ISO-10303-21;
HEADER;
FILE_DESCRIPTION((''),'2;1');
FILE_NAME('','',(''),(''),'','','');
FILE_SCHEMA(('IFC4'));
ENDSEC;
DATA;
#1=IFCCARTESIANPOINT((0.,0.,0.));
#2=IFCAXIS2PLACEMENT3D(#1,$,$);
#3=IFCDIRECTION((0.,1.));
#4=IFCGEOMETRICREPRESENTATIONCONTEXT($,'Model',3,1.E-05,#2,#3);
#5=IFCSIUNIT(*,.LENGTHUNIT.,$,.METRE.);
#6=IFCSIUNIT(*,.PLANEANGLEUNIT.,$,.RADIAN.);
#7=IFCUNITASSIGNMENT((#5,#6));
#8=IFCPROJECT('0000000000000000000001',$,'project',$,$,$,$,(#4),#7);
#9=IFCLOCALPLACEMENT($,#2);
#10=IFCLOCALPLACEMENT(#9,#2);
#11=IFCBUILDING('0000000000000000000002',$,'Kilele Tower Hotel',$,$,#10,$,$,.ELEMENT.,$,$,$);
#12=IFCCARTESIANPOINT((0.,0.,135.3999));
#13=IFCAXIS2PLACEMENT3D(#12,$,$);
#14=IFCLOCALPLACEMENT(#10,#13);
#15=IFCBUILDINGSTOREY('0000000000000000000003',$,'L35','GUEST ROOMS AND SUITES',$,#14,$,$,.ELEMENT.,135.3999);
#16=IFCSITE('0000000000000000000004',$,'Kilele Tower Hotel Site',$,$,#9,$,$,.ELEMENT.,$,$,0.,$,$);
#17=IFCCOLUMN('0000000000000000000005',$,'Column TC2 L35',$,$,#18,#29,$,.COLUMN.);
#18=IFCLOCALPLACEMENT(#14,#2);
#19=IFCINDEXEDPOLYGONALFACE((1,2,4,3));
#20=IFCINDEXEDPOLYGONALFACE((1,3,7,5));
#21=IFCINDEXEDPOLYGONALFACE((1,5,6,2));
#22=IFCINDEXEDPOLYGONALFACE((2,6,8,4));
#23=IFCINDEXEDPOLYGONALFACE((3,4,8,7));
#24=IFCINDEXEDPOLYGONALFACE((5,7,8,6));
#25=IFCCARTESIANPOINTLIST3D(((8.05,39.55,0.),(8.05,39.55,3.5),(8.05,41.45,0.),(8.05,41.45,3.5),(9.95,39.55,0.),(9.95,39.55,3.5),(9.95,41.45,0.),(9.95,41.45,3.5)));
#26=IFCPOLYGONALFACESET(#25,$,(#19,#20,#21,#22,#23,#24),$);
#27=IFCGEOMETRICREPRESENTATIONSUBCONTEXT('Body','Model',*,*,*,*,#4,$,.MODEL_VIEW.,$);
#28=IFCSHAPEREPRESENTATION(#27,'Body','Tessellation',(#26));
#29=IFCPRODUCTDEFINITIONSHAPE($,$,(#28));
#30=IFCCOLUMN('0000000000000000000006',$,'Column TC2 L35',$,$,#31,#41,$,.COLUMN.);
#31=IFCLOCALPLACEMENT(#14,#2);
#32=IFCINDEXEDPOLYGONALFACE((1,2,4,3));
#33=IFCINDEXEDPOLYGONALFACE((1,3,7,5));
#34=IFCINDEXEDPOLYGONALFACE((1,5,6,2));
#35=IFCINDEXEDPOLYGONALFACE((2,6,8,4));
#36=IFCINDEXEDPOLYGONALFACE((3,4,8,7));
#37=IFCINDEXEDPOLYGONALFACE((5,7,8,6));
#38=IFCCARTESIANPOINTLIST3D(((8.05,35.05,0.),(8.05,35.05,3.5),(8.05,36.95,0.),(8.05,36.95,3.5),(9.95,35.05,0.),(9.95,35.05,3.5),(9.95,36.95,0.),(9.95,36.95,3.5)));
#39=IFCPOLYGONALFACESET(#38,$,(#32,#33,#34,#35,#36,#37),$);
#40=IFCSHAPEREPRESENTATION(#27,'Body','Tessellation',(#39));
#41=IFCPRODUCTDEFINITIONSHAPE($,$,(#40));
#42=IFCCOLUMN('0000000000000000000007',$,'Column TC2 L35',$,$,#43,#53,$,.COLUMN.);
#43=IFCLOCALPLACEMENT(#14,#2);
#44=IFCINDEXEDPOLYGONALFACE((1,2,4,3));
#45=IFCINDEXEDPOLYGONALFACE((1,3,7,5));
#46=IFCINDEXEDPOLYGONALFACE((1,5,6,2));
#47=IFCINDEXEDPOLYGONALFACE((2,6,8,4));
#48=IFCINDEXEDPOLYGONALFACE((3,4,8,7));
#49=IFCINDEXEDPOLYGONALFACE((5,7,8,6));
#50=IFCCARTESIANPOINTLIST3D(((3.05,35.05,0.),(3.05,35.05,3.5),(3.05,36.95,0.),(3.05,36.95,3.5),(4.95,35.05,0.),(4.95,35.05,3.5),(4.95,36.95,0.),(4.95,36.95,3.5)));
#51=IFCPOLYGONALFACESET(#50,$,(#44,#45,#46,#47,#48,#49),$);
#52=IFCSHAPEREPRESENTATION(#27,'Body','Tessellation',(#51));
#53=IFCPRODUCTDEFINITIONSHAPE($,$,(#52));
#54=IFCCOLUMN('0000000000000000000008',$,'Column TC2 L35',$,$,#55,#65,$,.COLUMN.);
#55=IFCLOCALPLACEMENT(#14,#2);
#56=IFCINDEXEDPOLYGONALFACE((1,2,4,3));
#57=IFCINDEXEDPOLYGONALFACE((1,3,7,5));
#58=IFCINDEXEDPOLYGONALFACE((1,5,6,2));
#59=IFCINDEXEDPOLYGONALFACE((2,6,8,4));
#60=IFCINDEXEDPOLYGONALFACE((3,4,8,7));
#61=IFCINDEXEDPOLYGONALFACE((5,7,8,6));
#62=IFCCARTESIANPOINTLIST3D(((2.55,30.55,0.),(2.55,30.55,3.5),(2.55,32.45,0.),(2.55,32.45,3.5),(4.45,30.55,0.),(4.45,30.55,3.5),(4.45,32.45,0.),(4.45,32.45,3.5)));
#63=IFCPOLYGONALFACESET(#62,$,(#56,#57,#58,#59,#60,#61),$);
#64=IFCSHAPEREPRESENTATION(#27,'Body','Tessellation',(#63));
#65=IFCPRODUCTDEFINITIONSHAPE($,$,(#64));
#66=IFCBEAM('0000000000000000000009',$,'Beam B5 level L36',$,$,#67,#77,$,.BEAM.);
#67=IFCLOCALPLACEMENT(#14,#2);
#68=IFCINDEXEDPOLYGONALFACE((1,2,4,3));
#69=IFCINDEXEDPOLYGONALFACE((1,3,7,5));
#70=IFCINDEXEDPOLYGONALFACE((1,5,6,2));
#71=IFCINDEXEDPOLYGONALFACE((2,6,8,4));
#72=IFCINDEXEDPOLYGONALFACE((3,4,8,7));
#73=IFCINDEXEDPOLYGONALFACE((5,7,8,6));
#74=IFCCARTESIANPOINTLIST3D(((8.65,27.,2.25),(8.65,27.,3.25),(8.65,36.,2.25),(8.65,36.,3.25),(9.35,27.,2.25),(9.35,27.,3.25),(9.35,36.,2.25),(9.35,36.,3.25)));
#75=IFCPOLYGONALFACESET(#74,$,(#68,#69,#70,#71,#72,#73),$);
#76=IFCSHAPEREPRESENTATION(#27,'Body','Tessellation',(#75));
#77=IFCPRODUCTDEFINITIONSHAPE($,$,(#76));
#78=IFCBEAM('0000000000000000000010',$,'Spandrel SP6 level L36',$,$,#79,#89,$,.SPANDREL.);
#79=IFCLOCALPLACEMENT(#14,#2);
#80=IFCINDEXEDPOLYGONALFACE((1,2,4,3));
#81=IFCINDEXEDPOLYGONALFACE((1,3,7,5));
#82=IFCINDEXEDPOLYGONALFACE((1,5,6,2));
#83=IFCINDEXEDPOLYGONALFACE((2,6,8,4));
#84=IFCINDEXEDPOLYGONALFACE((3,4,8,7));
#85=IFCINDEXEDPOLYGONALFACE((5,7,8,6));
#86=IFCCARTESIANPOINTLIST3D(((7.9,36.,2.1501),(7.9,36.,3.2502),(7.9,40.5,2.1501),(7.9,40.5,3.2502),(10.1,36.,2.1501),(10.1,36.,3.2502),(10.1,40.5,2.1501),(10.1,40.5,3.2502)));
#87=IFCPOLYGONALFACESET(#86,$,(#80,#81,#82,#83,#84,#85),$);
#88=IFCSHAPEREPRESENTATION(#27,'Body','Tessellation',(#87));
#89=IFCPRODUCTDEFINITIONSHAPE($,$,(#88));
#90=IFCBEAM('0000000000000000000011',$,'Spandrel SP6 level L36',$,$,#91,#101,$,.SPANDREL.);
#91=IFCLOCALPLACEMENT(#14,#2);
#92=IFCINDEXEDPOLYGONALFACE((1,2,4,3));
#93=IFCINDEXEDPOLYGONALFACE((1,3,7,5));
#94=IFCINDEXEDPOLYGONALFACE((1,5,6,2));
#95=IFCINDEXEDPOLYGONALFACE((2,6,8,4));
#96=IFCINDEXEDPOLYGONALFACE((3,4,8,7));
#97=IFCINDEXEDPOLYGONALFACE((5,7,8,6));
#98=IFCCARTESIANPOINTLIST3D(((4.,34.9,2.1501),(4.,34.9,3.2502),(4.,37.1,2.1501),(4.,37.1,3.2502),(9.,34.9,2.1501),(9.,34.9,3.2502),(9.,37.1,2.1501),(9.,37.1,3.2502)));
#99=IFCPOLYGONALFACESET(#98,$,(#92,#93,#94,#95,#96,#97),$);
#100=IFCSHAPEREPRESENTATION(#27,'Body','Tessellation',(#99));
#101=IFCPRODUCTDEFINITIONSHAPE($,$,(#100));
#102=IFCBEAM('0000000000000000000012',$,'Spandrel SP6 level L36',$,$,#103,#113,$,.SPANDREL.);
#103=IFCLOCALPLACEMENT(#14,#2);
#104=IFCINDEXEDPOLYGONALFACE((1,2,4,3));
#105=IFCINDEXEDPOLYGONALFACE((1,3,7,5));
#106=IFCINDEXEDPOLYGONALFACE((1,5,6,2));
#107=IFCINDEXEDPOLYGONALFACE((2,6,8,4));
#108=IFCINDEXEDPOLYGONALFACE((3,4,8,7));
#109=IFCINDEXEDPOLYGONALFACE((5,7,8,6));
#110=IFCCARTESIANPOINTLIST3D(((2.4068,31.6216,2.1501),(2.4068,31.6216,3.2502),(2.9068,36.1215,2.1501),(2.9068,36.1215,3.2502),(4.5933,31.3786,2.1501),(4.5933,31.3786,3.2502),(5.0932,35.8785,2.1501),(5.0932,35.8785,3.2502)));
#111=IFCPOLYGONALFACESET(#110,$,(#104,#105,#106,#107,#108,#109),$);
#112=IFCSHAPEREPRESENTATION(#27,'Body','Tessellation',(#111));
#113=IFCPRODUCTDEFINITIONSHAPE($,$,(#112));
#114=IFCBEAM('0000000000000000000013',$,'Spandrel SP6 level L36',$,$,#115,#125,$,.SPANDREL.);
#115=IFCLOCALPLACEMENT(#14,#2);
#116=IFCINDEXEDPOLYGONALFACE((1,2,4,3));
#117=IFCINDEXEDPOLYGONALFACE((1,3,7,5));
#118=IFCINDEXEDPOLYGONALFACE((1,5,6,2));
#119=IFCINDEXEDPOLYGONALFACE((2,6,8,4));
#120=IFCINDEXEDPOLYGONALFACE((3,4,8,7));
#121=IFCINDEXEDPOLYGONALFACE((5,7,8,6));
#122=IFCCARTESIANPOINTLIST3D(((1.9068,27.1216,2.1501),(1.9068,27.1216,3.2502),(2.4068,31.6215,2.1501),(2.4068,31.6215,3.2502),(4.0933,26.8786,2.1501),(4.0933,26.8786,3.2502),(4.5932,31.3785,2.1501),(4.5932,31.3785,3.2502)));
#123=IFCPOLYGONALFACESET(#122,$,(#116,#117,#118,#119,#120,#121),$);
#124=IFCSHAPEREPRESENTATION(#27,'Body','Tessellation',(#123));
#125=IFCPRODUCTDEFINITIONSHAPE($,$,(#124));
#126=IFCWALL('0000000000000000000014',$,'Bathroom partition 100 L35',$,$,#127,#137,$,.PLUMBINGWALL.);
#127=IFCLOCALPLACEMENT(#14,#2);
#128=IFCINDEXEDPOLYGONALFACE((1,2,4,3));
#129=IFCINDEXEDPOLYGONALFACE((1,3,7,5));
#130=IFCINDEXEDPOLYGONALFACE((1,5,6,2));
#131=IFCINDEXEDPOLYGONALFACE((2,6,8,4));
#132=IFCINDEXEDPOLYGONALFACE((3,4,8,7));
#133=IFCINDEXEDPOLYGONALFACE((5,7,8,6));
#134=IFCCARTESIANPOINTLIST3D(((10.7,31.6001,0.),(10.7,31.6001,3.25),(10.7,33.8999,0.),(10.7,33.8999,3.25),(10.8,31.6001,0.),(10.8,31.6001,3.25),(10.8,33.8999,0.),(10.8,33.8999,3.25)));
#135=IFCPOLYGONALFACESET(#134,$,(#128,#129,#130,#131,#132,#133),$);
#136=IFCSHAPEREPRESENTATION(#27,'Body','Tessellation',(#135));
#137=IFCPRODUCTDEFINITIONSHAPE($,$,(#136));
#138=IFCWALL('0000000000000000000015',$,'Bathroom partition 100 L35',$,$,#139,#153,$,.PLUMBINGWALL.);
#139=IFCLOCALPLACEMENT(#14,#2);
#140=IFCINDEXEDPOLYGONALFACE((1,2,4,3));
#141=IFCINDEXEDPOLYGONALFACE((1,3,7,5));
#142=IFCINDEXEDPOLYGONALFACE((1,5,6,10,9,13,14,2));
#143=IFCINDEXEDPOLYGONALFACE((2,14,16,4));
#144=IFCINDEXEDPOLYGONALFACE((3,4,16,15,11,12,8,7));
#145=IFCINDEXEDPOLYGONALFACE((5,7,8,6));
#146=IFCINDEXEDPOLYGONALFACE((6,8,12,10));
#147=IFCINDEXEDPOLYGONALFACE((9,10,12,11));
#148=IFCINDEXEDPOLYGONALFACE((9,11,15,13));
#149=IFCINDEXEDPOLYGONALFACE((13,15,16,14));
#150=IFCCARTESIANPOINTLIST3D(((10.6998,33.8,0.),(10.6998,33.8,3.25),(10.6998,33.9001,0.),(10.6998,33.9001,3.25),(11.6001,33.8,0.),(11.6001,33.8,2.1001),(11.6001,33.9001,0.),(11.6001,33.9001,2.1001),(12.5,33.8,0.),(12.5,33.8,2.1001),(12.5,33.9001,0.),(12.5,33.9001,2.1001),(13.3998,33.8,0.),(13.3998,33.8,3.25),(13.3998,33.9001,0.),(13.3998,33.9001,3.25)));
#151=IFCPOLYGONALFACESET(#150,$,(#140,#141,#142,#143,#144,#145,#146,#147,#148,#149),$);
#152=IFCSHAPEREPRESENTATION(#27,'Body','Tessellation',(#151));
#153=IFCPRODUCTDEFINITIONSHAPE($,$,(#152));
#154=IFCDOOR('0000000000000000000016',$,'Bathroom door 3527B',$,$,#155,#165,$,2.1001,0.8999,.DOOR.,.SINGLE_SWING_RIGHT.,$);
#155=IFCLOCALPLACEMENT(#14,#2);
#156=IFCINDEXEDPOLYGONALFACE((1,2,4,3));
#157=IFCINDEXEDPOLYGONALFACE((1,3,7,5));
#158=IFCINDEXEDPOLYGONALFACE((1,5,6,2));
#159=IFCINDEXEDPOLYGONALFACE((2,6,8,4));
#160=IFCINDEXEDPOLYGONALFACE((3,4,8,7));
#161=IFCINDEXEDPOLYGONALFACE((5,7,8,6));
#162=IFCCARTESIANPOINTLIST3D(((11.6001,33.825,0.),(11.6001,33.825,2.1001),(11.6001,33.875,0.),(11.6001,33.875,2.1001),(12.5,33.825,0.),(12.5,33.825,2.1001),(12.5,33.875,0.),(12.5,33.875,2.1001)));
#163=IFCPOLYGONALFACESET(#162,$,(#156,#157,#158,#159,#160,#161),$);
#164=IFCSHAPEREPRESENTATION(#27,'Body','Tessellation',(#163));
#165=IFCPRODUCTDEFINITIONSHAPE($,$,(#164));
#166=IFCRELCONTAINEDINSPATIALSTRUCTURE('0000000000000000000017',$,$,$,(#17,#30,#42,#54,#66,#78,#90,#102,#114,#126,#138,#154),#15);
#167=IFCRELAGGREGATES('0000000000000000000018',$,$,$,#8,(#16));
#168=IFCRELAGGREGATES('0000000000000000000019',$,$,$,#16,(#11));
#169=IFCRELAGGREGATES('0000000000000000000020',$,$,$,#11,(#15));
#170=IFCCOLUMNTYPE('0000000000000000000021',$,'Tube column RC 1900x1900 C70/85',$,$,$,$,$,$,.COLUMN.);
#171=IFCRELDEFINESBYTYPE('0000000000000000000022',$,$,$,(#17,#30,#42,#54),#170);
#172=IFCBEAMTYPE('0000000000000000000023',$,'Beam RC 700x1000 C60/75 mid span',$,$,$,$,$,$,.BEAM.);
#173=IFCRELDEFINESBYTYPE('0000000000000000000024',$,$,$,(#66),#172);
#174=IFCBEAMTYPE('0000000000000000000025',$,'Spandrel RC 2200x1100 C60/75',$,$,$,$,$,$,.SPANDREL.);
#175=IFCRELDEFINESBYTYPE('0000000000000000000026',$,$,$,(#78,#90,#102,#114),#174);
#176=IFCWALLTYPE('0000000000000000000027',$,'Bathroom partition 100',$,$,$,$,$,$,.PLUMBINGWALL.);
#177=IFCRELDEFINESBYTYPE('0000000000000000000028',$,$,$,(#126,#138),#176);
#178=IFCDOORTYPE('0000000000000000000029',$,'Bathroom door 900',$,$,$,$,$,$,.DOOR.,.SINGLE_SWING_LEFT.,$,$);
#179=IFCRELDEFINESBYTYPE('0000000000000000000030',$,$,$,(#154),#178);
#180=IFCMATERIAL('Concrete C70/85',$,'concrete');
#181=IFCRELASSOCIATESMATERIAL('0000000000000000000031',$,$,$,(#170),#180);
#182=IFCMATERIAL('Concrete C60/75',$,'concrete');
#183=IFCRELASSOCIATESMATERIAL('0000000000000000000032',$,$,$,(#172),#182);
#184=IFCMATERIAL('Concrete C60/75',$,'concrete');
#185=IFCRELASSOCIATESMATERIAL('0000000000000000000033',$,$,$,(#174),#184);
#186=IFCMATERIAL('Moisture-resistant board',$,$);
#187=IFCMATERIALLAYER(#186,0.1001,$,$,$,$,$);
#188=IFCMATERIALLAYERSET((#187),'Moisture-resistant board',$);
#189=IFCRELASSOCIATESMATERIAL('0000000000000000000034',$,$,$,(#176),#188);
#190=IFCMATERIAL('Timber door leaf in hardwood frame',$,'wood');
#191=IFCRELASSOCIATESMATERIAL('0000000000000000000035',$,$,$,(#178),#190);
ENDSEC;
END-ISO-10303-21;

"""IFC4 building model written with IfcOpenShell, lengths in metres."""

from ifc_helpers import new_model, si_unit, direction, frame, frame_2d, origin, origin_2d, place, context, subcontext, project, spatial, rectangle, extrude, material, layer, layer_set, material_profile, profile_set, type_object, element, fill, save


model = new_model("IFC4")

# Units and contexts
model_context = context("Model", 3, precision=1e-05, world=origin(), true_north=direction((0.0, 1.0)))
body_context = subcontext(model_context, "Body", "Model", "MODEL_VIEW")
ifc_project = project(units=[si_unit("LENGTHUNIT", "METRE"), si_unit("PLANEANGLEUNIT", "RADIAN")], contexts=[model_context])

# Site, building, storey
site_placement = place(None, origin())
site = spatial("IfcSite", under=ifc_project, at=site_placement, Name="Kilele Tower Hotel Site", CompositionType="ELEMENT", RefElevation=0.0)
building_placement = place(site_placement, origin())
building = spatial("IfcBuilding", under=site, at=building_placement, Name="Kilele Tower Hotel", CompositionType="ELEMENT")
storey_placement = place(building_placement, frame((0.0, 0.0, 135.3999)))
storey = spatial("IfcBuildingStorey", under=building, at=storey_placement, Name="L35", Description="GUEST ROOMS AND SUITES", CompositionType="ELEMENT", Elevation=135.3999)

# Columns
ifc_material_1 = material(Name="Concrete C70/85", Category="concrete")
ifc_material_profile_1 = material_profile(ifc_material_1, rectangle(XDim=1.8999, YDim=1.8999, at=origin_2d()))
ifc_profile_set_1 = profile_set([ifc_material_profile_1], Name="Concrete C70/85")
column_type = type_object("IfcColumnType", Name="Tube column RC 1900x1900 C70/85", PredefinedType="COLUMN", material=ifc_profile_set_1)
for number, where, z_axis, x_axis, name in (
    (1, (9.0, 40.5, 0.0), (0.0, 0.0, 1.0), (1.0, 0.0, 0.0), "Column TC2 L35"),
    (2, (9.0, 36.0, 0.0), (0.0, 0.0, 1.0), (1.0, 0.0, 0.0), "Column TC2 L35"),
    (3, (4.0, 36.0, 0.0), (0.0, 0.0, 1.0), (1.0, 0.0, 0.0), "Column TC2 L35"),
    (4, (3.5, 31.5, 0.0), (0.0, 0.0, 1.0), (1.0, 0.0, 0.0), "Column TC2 L35"),
):
    element("IfcColumn", number, at=place(storey_placement, frame(where, z_axis=z_axis, x_axis=x_axis)), inside=storey, type_object=column_type, Name=name, PredefinedType="COLUMN", context=body_context, shape_type="SweptSolid", body=[
        extrude(rectangle(XDim=1.8999, YDim=1.8999, at=origin_2d()), origin(), (0.0, 0.0, 1.0), 3.5),
    ])

# Beams
ifc_material_2 = material(Name="Concrete C60/75", Category="concrete")
ifc_material_profile_2 = material_profile(ifc_material_2, rectangle(XDim=0.7, YDim=1.0, at=origin_2d()))
ifc_profile_set_2 = profile_set([ifc_material_profile_2], Name="Concrete C60/75")
beam_type_1 = type_object("IfcBeamType", Name="Beam RC 700x1000 C60/75 mid span", PredefinedType="BEAM", material=ifc_profile_set_2)
beam_1_placement = place(storey_placement, frame((9.0, 36.0, 2.75), z_axis=(0.0, -1.0, 0.0), x_axis=(1.0, 0.0, 0.0)))
element("IfcBeam", 5, at=beam_1_placement, inside=storey, type_object=beam_type_1, Name="Beam B5 level L36", PredefinedType="BEAM", context=body_context, shape_type="SweptSolid", body=[
    extrude(rectangle(XDim=0.7, YDim=1.0, at=origin_2d()), origin(), (0.0, 0.0, 1.0), 9.0),
])
ifc_material_3 = material(Name="Concrete C60/75", Category="concrete")
ifc_material_profile_3 = material_profile(ifc_material_3, rectangle(XDim=2.2, YDim=1.1001, at=origin_2d()))
ifc_profile_set_3 = profile_set([ifc_material_profile_3], Name="Concrete C60/75")
beam_type_2 = type_object("IfcBeamType", Name="Spandrel RC 2200x1100 C60/75", PredefinedType="SPANDREL", material=ifc_profile_set_3)
beam_2_placement = place(storey_placement, frame((9.0, 40.5, 2.7002), z_axis=(0.0, -1.0, 0.0), x_axis=(1.0, 0.0, 0.0)))
element("IfcBeam", 6, at=beam_2_placement, inside=storey, type_object=beam_type_2, Name="Spandrel SP6 level L36", PredefinedType="SPANDREL", context=body_context, shape_type="SweptSolid", body=[
    extrude(rectangle(XDim=2.2, YDim=1.1001, at=origin_2d()), origin(), (0.0, 0.0, 1.0), 4.5),
])
beam_3_placement = place(storey_placement, frame((9.0, 36.0, 2.7002), z_axis=(-1.0, 0.0, 0.0), x_axis=(0.0, -1.0, 0.0)))
element("IfcBeam", 7, at=beam_3_placement, inside=storey, type_object=beam_type_2, Name="Spandrel SP6 level L36", PredefinedType="SPANDREL", context=body_context, shape_type="SweptSolid", body=[
    extrude(rectangle(XDim=2.2, YDim=1.1001, at=origin_2d()), origin(), (0.0, 0.0, 1.0), 5.0),
])
for number, where, z_axis, x_axis, name in (
    (8, (4.0, 36.0, 2.7002), (-0.110432, -0.993884, 0.0), (0.993884, -0.110432, 0.0), "Spandrel SP6 level L36"),
    (9, (3.5, 31.5, 2.7002), (-0.110432, -0.993884, 0.0), (0.993884, -0.110432, 0.0), "Spandrel SP6 level L36"),
):
    element("IfcBeam", number, at=place(storey_placement, frame(where, z_axis=z_axis, x_axis=x_axis)), inside=storey, type_object=beam_type_2, Name=name, PredefinedType="SPANDREL", context=body_context, shape_type="SweptSolid", body=[
        extrude(rectangle(XDim=2.2, YDim=1.1001, at=origin_2d()), origin(), (0.0, 0.0, 1.0), 4.5276),
    ])

# Wall
ifc_material_4 = material(Name="Moisture-resistant board")
ifc_layer_1 = layer(ifc_material_4, 0.1001)
ifc_layer_set_1 = layer_set([ifc_layer_1], Name="Moisture-resistant board")
wall_type_1 = type_object("IfcWallType", Name="Bathroom partition 100", PredefinedType="PLUMBINGWALL", material=ifc_layer_set_1)
wall_1_placement = place(storey_placement, frame((10.75, 31.6001, 0.0), z_axis=(0.0, 0.0, 1.0), x_axis=(0.0, 1.0, 0.0)))
element("IfcWall", 10, at=wall_1_placement, inside=storey, type_object=wall_type_1, Name="Bathroom partition 100 L35", PredefinedType="PLUMBINGWALL", context=body_context, shape_type="SweptSolid", body=[
    extrude(rectangle(XDim=2.2998, YDim=0.1001, at=frame_2d((1.1499, 0.0))), origin(), (0.0, 0.0, 1.0), 3.25),
])

# Wall, opening, door
wall_2_placement = place(storey_placement, frame((13.3999, 33.8501, 0.0), z_axis=(0.0, 0.0, 1.0), x_axis=(-1.0, 0.0, 0.0)))
wall_2 = element("IfcWall", 11, at=wall_2_placement, inside=storey, type_object=wall_type_1, Name="Bathroom partition 100 L35", PredefinedType="PLUMBINGWALL", context=body_context, shape_type="SweptSolid", body=[
    extrude(rectangle(XDim=2.7, YDim=0.1001, at=frame_2d((1.3501, 0.0))), origin(), (0.0, 0.0, 1.0), 3.25),
])
opening_1_placement = place(wall_2_placement, frame((1.7998, 0.0, 0.0), z_axis=(0.0, 0.0, 1.0), x_axis=(-1.0, 0.0, 0.0)))
opening_1 = element("IfcOpeningElement", 12, at=opening_1_placement, cuts=wall_2, PredefinedType="OPENING", context=body_context, shape_type="SweptSolid", body=[
    extrude(rectangle(XDim=0.8999, YDim=2.1001, at=frame_2d((0.45, 1.05))), frame((0.0, 0.0601, 0.0), z_axis=(0.0, -1.0, 0.0), x_axis=(1.0, 0.0, 0.0)), (0.0, 0.0, 1.0), 0.1201),
])
ifc_material_5 = material(Name="Timber door leaf in hardwood frame", Category="wood")
door_type_1 = type_object("IfcDoorType", Name="Bathroom door 900", OperationType="SINGLE_SWING_LEFT", PredefinedType="DOOR", material=ifc_material_5)
door_1_placement = place(opening_1_placement, origin())
door_1 = element("IfcDoor", 13, at=door_1_placement, inside=storey, type_object=door_type_1, Name="Bathroom door 3527B", OperationType="SINGLE_SWING_RIGHT", OverallHeight=2.1001, OverallWidth=0.8999, PredefinedType="DOOR", context=body_context, shape_type="SweptSolid", body=[
    extrude(rectangle(XDim=0.8999, YDim=2.1001, at=frame_2d((0.45, 1.05))), frame((0.0, 0.0249, 0.0), z_axis=(0.0, -1.0, 0.0), x_axis=(1.0, 0.0, 0.0)), (0.0, 0.0, 1.0), 0.05),
])
fill(opening_1, door_1)

save(model, "model.ifc")
